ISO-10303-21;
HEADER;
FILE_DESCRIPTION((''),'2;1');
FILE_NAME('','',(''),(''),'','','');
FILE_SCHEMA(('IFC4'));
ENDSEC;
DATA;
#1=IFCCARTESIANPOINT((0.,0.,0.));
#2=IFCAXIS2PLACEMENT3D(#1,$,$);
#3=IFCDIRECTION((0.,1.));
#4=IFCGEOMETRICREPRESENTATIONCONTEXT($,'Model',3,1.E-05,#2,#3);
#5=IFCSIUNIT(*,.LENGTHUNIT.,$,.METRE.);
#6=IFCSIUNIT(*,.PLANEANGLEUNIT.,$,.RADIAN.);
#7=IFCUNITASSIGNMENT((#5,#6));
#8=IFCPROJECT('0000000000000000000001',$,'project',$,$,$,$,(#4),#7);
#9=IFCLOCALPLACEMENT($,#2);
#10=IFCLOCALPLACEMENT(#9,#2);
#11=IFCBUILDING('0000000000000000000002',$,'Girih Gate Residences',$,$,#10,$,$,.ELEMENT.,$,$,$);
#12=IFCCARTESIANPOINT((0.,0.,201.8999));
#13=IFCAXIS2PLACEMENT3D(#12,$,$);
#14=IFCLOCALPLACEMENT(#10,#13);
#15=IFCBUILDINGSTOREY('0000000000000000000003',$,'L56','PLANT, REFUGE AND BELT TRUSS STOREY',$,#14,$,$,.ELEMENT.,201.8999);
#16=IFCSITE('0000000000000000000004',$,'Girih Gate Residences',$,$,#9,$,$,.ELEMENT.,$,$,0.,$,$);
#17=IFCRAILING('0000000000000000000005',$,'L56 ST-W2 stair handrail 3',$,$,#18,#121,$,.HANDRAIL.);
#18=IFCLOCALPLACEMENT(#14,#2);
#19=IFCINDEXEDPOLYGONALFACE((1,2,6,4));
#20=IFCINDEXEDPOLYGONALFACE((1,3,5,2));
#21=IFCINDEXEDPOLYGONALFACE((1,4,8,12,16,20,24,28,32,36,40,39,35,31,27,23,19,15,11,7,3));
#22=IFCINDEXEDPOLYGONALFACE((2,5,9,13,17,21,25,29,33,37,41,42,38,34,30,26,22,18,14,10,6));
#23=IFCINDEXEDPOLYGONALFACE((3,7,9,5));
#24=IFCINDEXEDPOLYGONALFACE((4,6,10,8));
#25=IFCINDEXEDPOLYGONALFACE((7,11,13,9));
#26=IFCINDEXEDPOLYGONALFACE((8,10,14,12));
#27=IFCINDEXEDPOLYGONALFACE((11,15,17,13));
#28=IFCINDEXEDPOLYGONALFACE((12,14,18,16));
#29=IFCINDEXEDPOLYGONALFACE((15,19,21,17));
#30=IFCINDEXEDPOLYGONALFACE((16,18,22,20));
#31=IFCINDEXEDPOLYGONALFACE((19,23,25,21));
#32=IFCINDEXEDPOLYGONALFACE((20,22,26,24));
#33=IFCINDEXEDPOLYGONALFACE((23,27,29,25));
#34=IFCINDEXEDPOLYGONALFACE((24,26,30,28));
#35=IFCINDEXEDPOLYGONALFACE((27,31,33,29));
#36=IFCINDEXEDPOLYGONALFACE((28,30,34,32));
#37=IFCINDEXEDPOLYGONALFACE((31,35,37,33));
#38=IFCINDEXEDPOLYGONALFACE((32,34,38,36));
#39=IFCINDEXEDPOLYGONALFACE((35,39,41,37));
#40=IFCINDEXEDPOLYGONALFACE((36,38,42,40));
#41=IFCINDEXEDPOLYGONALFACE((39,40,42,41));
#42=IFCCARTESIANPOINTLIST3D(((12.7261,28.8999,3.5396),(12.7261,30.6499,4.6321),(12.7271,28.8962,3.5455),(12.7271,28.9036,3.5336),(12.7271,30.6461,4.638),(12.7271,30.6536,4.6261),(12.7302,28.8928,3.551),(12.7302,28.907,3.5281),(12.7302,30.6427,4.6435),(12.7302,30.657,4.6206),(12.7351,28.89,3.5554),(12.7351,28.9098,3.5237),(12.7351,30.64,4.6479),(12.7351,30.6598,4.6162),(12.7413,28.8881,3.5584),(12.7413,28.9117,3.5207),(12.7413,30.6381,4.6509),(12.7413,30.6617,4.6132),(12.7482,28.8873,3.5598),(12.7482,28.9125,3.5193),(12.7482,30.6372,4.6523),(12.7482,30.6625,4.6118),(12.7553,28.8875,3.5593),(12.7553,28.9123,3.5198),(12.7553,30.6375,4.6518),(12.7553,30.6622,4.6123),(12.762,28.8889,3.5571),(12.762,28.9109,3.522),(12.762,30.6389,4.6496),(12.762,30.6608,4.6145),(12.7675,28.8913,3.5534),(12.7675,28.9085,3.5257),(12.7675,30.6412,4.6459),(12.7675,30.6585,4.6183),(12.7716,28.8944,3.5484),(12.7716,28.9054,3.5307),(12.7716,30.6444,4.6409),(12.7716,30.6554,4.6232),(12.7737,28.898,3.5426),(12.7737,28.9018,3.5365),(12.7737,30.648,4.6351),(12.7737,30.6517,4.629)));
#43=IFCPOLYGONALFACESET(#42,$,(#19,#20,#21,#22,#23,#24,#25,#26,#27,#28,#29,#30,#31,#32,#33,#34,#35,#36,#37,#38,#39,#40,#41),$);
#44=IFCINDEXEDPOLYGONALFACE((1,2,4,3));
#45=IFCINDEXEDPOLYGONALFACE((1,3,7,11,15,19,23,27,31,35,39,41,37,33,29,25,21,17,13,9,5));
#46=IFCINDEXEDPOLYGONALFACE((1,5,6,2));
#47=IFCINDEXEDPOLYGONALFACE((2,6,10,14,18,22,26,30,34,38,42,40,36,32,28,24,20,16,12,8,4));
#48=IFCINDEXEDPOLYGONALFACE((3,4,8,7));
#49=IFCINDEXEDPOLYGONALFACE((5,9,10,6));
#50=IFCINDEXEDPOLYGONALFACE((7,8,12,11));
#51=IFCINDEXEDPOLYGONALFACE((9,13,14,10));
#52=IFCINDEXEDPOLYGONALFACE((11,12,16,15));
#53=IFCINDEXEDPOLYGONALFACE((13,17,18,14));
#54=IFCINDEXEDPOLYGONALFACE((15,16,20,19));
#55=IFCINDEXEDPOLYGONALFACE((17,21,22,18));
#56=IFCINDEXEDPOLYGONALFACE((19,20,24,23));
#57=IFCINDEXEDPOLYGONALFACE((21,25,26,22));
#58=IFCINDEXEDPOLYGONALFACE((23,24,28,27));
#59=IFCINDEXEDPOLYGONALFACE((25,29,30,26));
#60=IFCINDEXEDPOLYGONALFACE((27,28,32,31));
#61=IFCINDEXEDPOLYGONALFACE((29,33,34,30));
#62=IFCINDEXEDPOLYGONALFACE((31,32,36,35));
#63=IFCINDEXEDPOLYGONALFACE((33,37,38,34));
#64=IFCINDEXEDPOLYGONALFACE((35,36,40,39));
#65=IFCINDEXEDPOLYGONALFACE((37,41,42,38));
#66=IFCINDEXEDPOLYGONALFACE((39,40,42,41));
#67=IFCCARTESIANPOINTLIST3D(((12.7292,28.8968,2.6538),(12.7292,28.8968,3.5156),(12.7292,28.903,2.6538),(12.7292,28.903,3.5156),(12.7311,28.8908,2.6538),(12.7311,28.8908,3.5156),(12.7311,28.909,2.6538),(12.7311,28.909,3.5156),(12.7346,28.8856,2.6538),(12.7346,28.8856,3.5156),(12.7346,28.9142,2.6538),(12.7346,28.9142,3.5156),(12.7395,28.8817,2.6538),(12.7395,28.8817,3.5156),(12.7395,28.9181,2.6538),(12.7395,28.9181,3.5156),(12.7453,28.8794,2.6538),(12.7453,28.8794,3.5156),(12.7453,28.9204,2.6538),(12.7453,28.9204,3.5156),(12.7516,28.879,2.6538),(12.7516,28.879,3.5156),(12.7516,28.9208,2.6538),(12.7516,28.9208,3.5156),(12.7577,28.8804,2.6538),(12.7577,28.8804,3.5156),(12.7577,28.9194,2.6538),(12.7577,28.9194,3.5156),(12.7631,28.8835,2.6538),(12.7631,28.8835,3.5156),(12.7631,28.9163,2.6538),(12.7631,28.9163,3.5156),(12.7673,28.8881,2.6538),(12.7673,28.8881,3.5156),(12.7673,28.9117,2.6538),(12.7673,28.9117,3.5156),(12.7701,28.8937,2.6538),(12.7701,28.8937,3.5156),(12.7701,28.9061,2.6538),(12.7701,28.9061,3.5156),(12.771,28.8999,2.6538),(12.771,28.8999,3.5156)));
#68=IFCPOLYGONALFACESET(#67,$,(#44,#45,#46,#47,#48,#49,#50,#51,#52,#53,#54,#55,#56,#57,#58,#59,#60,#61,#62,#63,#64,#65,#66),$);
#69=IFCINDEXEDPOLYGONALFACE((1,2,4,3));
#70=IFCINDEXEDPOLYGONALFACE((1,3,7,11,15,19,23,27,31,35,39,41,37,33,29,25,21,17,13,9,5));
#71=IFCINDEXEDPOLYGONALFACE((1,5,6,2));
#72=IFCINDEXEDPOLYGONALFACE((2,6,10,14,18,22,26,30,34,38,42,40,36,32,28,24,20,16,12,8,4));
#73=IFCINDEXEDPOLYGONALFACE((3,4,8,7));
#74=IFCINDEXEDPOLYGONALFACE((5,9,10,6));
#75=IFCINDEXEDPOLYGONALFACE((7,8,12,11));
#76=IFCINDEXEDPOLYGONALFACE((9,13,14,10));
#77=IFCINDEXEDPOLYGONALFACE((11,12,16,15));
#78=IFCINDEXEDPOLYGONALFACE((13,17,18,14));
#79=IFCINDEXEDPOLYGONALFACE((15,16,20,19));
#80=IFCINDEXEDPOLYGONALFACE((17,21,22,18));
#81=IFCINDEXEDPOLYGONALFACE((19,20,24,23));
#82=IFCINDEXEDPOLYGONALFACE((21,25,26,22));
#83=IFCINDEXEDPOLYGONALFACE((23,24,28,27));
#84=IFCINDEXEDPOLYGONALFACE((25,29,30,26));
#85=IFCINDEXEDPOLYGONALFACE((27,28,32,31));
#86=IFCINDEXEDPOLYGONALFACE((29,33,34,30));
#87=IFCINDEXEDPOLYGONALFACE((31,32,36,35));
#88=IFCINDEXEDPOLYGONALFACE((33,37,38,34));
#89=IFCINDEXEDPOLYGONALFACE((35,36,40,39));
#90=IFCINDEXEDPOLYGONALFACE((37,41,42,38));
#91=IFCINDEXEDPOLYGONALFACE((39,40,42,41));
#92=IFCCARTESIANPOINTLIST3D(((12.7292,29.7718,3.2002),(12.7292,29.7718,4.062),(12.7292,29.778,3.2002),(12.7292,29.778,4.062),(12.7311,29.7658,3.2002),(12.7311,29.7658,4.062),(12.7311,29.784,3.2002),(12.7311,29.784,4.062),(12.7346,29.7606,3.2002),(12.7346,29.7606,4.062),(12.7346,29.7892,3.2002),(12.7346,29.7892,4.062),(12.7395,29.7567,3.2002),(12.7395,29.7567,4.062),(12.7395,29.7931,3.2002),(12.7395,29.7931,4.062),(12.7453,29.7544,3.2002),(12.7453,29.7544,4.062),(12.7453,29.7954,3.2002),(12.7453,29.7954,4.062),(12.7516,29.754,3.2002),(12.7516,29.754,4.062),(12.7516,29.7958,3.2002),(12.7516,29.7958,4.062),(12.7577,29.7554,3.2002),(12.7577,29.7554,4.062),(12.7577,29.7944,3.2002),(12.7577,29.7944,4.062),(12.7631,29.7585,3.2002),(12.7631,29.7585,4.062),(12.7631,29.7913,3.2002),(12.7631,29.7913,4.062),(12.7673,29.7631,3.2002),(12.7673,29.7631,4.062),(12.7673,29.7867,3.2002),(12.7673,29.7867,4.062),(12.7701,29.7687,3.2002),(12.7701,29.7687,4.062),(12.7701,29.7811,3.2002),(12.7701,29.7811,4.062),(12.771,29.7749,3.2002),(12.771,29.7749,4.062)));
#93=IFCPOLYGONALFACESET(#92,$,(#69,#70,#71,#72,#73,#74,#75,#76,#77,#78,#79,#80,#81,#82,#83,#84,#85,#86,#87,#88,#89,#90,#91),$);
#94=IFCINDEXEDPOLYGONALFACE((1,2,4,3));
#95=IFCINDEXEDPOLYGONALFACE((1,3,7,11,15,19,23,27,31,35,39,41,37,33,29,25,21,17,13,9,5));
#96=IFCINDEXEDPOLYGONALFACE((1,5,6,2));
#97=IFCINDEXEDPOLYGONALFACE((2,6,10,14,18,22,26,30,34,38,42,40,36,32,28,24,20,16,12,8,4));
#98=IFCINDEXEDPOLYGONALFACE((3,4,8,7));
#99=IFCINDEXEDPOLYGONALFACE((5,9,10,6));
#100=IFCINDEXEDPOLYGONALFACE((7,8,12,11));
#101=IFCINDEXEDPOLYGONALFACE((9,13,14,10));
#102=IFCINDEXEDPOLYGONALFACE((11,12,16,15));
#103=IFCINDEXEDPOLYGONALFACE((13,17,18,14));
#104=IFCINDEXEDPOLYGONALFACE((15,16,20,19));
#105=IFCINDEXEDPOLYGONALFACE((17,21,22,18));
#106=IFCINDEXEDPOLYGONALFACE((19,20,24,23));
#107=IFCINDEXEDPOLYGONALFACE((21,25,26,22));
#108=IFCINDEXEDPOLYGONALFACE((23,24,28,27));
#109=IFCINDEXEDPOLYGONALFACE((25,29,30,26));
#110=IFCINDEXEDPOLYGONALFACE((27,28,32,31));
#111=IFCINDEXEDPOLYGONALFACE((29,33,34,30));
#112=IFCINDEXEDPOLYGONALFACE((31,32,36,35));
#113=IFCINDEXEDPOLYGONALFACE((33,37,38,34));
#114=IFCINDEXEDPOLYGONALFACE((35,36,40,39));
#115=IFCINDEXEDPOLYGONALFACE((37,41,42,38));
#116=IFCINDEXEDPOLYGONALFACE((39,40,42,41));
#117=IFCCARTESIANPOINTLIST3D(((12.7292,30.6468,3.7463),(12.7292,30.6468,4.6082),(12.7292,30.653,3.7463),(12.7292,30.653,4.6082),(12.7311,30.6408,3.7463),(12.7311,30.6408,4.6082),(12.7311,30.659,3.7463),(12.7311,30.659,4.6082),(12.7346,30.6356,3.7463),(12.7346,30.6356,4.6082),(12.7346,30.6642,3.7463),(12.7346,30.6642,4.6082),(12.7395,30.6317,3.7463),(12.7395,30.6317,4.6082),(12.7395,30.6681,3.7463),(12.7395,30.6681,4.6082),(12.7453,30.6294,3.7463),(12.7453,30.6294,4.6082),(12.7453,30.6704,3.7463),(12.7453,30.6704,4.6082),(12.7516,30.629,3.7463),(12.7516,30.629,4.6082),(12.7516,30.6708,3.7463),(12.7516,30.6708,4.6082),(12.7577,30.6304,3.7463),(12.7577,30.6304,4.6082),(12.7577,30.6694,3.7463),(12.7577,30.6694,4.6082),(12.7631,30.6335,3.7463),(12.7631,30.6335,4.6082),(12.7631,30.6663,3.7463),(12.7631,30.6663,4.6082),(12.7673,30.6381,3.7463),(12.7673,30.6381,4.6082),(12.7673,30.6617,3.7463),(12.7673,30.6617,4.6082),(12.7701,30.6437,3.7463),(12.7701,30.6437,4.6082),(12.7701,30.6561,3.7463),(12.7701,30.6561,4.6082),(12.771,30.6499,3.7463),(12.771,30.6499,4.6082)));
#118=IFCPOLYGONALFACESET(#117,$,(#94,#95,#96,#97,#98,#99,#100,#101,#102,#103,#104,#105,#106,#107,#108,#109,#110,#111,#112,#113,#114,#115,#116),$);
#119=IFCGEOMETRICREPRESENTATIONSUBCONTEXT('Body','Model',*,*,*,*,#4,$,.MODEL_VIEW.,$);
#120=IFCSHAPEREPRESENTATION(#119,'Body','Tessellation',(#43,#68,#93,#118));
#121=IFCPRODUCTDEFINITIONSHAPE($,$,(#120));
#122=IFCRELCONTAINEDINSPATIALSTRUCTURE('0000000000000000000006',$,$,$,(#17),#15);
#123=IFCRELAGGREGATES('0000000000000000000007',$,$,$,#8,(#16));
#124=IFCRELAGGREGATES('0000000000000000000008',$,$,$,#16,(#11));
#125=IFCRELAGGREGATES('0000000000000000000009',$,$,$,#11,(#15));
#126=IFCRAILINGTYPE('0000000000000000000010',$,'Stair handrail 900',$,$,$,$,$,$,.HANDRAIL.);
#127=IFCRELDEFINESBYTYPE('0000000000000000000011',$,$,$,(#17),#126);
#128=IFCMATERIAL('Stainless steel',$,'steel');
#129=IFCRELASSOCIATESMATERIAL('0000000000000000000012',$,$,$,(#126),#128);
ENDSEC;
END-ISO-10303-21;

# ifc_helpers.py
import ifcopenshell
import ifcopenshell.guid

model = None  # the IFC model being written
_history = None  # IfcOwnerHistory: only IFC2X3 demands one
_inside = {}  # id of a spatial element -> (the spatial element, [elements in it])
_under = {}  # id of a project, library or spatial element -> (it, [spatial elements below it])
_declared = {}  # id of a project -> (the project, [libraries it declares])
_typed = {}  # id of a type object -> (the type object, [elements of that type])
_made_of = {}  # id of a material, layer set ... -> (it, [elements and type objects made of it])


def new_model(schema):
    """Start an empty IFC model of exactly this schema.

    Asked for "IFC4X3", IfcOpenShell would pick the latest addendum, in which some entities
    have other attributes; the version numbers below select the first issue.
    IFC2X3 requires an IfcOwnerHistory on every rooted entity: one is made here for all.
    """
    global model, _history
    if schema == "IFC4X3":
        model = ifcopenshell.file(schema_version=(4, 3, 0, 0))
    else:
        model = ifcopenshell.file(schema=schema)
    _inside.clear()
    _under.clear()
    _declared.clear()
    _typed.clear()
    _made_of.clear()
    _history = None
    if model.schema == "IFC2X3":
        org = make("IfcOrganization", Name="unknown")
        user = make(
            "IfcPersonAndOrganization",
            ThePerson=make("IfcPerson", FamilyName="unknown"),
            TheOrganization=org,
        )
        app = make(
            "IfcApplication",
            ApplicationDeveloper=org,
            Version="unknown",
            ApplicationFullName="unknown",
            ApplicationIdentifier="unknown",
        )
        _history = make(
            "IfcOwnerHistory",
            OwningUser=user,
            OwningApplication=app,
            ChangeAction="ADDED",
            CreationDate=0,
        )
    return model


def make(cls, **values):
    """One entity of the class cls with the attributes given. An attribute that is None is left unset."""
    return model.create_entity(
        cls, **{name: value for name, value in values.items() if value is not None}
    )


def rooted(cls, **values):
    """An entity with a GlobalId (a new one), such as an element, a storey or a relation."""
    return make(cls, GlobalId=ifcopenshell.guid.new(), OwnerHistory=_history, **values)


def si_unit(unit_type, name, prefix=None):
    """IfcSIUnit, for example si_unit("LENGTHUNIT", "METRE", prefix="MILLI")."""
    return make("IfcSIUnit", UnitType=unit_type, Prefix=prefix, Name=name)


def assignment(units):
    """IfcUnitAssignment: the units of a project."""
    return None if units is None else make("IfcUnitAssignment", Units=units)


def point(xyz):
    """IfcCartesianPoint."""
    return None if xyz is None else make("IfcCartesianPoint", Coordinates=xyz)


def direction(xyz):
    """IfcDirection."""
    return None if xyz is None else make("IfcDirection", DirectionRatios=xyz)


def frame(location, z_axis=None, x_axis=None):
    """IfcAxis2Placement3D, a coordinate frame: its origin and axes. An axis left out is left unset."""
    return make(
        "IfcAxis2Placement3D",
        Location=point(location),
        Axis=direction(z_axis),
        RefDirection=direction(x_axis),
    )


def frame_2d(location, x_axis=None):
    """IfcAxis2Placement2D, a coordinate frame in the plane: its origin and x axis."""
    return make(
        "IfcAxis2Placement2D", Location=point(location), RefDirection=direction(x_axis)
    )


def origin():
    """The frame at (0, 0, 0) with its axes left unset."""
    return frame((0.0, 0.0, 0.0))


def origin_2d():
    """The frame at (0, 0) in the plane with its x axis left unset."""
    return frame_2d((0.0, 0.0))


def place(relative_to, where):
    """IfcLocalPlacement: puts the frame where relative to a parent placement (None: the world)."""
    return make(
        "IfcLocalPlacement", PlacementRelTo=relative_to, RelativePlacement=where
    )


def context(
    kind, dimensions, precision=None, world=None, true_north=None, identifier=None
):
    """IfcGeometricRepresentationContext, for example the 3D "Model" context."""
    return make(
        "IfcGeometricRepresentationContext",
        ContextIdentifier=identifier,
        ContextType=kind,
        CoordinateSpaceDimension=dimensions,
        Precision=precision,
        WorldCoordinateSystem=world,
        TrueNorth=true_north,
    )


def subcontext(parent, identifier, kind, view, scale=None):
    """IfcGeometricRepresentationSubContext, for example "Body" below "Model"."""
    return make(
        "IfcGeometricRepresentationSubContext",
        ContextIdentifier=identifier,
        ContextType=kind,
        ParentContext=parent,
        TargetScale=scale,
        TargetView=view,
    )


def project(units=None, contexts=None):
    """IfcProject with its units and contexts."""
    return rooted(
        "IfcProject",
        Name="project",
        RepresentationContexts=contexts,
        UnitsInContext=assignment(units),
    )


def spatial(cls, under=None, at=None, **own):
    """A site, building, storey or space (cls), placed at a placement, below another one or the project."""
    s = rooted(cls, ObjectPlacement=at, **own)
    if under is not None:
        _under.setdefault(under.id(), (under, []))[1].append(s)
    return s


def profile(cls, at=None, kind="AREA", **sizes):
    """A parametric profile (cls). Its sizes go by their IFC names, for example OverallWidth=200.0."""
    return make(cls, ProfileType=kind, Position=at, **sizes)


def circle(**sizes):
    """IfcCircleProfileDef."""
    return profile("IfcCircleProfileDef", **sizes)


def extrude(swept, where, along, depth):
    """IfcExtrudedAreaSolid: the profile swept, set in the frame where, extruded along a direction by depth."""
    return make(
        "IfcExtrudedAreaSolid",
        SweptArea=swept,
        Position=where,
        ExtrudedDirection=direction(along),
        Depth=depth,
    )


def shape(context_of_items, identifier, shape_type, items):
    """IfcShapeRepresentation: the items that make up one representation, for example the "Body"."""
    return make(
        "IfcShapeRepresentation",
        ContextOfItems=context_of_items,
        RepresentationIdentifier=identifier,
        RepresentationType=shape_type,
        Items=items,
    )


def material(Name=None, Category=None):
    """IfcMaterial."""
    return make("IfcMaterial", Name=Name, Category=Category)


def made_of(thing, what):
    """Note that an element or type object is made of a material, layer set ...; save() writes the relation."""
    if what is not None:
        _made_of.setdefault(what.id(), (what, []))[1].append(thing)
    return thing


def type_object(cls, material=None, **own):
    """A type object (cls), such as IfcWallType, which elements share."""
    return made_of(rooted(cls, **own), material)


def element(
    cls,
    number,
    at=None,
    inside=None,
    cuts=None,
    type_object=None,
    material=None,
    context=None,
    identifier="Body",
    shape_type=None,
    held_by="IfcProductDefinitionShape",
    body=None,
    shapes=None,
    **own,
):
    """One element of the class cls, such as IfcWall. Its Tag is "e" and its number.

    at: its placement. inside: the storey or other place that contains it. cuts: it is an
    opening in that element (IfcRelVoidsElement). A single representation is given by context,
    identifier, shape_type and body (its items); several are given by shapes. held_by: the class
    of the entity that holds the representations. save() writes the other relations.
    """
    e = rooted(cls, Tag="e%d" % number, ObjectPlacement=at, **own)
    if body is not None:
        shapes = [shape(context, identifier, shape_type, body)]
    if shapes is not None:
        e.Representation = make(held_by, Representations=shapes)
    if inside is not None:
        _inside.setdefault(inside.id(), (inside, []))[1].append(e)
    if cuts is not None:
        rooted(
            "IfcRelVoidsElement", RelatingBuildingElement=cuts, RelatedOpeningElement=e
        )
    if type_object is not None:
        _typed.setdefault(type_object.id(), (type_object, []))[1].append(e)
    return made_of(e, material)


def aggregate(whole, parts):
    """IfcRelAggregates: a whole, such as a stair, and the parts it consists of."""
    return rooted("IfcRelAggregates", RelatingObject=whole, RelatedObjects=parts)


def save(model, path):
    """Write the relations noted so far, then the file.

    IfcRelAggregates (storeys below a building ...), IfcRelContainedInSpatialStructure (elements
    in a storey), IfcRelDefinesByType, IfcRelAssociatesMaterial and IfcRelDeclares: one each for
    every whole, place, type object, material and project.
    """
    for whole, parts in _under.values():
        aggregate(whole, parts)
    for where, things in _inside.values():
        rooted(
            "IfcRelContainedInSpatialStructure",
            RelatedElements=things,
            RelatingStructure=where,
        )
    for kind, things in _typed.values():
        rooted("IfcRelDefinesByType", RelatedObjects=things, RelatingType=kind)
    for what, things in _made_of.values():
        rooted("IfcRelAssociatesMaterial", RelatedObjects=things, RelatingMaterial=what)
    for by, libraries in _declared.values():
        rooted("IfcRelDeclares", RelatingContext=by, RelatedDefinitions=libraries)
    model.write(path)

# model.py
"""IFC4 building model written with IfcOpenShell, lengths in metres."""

from ifc_helpers import new_model, si_unit, direction, frame, origin, origin_2d, place, context, subcontext, project, spatial, circle, extrude, material, type_object, element, save


model = new_model("IFC4")

# Units and contexts
model_context = context("Model", 3, precision=1e-05, world=origin(), true_north=direction((0.0, 1.0)))
body_context = subcontext(model_context, "Body", "Model", "MODEL_VIEW")
ifc_project = project(units=[si_unit("LENGTHUNIT", "METRE"), si_unit("PLANEANGLEUNIT", "RADIAN")], contexts=[model_context])

# Site, building, storey
site_placement = place(None, origin())
site = spatial("IfcSite", under=ifc_project, at=site_placement, Name="Girih Gate Residences", CompositionType="ELEMENT", RefElevation=0.0)
building_placement = place(site_placement, origin())
building = spatial("IfcBuilding", under=site, at=building_placement, Name="Girih Gate Residences", CompositionType="ELEMENT")
storey_placement = place(building_placement, frame((0.0, 0.0, 201.8999)))
storey = spatial("IfcBuildingStorey", under=building, at=storey_placement, Name="L56", Description="PLANT, REFUGE AND BELT TRUSS STOREY", CompositionType="ELEMENT", Elevation=201.8999)

# Railing
ifc_material_1 = material(Name="Stainless steel", Category="steel")
railing_type_1 = type_object("IfcRailingType", Name="Stair handrail 900", PredefinedType="HANDRAIL", material=ifc_material_1)
railing_1_placement = place(storey_placement, frame((12.75, 28.8999, 2.6538)))
element("IfcRailing", 1, at=railing_1_placement, inside=storey, type_object=railing_type_1, Name="L56 ST-W2 stair handrail 3", PredefinedType="HANDRAIL", context=body_context, shape_type="SweptSolid", body=[
    extrude(circle(Radius=0.0239, at=origin_2d()), frame((0.0, 0.0, 0.8857), z_axis=(0.0, 0.848264, 0.529573), x_axis=(-1.0, 0.0, 0.0)), (0.0, 0.0, 1.0), 2.063),
    extrude(circle(Radius=0.021, at=origin_2d()), origin(), (0.0, 0.0, 1.0), 0.8618),
    extrude(circle(Radius=0.021, at=origin_2d()), frame((0.0, 0.875, 0.5464)), (0.0, 0.0, 1.0), 0.8618),
    extrude(circle(Radius=0.021, at=origin_2d()), frame((0.0, 1.75, 1.0925)), (0.0, 0.0, 1.0), 0.8618),
])

save(model, "model.ifc")
